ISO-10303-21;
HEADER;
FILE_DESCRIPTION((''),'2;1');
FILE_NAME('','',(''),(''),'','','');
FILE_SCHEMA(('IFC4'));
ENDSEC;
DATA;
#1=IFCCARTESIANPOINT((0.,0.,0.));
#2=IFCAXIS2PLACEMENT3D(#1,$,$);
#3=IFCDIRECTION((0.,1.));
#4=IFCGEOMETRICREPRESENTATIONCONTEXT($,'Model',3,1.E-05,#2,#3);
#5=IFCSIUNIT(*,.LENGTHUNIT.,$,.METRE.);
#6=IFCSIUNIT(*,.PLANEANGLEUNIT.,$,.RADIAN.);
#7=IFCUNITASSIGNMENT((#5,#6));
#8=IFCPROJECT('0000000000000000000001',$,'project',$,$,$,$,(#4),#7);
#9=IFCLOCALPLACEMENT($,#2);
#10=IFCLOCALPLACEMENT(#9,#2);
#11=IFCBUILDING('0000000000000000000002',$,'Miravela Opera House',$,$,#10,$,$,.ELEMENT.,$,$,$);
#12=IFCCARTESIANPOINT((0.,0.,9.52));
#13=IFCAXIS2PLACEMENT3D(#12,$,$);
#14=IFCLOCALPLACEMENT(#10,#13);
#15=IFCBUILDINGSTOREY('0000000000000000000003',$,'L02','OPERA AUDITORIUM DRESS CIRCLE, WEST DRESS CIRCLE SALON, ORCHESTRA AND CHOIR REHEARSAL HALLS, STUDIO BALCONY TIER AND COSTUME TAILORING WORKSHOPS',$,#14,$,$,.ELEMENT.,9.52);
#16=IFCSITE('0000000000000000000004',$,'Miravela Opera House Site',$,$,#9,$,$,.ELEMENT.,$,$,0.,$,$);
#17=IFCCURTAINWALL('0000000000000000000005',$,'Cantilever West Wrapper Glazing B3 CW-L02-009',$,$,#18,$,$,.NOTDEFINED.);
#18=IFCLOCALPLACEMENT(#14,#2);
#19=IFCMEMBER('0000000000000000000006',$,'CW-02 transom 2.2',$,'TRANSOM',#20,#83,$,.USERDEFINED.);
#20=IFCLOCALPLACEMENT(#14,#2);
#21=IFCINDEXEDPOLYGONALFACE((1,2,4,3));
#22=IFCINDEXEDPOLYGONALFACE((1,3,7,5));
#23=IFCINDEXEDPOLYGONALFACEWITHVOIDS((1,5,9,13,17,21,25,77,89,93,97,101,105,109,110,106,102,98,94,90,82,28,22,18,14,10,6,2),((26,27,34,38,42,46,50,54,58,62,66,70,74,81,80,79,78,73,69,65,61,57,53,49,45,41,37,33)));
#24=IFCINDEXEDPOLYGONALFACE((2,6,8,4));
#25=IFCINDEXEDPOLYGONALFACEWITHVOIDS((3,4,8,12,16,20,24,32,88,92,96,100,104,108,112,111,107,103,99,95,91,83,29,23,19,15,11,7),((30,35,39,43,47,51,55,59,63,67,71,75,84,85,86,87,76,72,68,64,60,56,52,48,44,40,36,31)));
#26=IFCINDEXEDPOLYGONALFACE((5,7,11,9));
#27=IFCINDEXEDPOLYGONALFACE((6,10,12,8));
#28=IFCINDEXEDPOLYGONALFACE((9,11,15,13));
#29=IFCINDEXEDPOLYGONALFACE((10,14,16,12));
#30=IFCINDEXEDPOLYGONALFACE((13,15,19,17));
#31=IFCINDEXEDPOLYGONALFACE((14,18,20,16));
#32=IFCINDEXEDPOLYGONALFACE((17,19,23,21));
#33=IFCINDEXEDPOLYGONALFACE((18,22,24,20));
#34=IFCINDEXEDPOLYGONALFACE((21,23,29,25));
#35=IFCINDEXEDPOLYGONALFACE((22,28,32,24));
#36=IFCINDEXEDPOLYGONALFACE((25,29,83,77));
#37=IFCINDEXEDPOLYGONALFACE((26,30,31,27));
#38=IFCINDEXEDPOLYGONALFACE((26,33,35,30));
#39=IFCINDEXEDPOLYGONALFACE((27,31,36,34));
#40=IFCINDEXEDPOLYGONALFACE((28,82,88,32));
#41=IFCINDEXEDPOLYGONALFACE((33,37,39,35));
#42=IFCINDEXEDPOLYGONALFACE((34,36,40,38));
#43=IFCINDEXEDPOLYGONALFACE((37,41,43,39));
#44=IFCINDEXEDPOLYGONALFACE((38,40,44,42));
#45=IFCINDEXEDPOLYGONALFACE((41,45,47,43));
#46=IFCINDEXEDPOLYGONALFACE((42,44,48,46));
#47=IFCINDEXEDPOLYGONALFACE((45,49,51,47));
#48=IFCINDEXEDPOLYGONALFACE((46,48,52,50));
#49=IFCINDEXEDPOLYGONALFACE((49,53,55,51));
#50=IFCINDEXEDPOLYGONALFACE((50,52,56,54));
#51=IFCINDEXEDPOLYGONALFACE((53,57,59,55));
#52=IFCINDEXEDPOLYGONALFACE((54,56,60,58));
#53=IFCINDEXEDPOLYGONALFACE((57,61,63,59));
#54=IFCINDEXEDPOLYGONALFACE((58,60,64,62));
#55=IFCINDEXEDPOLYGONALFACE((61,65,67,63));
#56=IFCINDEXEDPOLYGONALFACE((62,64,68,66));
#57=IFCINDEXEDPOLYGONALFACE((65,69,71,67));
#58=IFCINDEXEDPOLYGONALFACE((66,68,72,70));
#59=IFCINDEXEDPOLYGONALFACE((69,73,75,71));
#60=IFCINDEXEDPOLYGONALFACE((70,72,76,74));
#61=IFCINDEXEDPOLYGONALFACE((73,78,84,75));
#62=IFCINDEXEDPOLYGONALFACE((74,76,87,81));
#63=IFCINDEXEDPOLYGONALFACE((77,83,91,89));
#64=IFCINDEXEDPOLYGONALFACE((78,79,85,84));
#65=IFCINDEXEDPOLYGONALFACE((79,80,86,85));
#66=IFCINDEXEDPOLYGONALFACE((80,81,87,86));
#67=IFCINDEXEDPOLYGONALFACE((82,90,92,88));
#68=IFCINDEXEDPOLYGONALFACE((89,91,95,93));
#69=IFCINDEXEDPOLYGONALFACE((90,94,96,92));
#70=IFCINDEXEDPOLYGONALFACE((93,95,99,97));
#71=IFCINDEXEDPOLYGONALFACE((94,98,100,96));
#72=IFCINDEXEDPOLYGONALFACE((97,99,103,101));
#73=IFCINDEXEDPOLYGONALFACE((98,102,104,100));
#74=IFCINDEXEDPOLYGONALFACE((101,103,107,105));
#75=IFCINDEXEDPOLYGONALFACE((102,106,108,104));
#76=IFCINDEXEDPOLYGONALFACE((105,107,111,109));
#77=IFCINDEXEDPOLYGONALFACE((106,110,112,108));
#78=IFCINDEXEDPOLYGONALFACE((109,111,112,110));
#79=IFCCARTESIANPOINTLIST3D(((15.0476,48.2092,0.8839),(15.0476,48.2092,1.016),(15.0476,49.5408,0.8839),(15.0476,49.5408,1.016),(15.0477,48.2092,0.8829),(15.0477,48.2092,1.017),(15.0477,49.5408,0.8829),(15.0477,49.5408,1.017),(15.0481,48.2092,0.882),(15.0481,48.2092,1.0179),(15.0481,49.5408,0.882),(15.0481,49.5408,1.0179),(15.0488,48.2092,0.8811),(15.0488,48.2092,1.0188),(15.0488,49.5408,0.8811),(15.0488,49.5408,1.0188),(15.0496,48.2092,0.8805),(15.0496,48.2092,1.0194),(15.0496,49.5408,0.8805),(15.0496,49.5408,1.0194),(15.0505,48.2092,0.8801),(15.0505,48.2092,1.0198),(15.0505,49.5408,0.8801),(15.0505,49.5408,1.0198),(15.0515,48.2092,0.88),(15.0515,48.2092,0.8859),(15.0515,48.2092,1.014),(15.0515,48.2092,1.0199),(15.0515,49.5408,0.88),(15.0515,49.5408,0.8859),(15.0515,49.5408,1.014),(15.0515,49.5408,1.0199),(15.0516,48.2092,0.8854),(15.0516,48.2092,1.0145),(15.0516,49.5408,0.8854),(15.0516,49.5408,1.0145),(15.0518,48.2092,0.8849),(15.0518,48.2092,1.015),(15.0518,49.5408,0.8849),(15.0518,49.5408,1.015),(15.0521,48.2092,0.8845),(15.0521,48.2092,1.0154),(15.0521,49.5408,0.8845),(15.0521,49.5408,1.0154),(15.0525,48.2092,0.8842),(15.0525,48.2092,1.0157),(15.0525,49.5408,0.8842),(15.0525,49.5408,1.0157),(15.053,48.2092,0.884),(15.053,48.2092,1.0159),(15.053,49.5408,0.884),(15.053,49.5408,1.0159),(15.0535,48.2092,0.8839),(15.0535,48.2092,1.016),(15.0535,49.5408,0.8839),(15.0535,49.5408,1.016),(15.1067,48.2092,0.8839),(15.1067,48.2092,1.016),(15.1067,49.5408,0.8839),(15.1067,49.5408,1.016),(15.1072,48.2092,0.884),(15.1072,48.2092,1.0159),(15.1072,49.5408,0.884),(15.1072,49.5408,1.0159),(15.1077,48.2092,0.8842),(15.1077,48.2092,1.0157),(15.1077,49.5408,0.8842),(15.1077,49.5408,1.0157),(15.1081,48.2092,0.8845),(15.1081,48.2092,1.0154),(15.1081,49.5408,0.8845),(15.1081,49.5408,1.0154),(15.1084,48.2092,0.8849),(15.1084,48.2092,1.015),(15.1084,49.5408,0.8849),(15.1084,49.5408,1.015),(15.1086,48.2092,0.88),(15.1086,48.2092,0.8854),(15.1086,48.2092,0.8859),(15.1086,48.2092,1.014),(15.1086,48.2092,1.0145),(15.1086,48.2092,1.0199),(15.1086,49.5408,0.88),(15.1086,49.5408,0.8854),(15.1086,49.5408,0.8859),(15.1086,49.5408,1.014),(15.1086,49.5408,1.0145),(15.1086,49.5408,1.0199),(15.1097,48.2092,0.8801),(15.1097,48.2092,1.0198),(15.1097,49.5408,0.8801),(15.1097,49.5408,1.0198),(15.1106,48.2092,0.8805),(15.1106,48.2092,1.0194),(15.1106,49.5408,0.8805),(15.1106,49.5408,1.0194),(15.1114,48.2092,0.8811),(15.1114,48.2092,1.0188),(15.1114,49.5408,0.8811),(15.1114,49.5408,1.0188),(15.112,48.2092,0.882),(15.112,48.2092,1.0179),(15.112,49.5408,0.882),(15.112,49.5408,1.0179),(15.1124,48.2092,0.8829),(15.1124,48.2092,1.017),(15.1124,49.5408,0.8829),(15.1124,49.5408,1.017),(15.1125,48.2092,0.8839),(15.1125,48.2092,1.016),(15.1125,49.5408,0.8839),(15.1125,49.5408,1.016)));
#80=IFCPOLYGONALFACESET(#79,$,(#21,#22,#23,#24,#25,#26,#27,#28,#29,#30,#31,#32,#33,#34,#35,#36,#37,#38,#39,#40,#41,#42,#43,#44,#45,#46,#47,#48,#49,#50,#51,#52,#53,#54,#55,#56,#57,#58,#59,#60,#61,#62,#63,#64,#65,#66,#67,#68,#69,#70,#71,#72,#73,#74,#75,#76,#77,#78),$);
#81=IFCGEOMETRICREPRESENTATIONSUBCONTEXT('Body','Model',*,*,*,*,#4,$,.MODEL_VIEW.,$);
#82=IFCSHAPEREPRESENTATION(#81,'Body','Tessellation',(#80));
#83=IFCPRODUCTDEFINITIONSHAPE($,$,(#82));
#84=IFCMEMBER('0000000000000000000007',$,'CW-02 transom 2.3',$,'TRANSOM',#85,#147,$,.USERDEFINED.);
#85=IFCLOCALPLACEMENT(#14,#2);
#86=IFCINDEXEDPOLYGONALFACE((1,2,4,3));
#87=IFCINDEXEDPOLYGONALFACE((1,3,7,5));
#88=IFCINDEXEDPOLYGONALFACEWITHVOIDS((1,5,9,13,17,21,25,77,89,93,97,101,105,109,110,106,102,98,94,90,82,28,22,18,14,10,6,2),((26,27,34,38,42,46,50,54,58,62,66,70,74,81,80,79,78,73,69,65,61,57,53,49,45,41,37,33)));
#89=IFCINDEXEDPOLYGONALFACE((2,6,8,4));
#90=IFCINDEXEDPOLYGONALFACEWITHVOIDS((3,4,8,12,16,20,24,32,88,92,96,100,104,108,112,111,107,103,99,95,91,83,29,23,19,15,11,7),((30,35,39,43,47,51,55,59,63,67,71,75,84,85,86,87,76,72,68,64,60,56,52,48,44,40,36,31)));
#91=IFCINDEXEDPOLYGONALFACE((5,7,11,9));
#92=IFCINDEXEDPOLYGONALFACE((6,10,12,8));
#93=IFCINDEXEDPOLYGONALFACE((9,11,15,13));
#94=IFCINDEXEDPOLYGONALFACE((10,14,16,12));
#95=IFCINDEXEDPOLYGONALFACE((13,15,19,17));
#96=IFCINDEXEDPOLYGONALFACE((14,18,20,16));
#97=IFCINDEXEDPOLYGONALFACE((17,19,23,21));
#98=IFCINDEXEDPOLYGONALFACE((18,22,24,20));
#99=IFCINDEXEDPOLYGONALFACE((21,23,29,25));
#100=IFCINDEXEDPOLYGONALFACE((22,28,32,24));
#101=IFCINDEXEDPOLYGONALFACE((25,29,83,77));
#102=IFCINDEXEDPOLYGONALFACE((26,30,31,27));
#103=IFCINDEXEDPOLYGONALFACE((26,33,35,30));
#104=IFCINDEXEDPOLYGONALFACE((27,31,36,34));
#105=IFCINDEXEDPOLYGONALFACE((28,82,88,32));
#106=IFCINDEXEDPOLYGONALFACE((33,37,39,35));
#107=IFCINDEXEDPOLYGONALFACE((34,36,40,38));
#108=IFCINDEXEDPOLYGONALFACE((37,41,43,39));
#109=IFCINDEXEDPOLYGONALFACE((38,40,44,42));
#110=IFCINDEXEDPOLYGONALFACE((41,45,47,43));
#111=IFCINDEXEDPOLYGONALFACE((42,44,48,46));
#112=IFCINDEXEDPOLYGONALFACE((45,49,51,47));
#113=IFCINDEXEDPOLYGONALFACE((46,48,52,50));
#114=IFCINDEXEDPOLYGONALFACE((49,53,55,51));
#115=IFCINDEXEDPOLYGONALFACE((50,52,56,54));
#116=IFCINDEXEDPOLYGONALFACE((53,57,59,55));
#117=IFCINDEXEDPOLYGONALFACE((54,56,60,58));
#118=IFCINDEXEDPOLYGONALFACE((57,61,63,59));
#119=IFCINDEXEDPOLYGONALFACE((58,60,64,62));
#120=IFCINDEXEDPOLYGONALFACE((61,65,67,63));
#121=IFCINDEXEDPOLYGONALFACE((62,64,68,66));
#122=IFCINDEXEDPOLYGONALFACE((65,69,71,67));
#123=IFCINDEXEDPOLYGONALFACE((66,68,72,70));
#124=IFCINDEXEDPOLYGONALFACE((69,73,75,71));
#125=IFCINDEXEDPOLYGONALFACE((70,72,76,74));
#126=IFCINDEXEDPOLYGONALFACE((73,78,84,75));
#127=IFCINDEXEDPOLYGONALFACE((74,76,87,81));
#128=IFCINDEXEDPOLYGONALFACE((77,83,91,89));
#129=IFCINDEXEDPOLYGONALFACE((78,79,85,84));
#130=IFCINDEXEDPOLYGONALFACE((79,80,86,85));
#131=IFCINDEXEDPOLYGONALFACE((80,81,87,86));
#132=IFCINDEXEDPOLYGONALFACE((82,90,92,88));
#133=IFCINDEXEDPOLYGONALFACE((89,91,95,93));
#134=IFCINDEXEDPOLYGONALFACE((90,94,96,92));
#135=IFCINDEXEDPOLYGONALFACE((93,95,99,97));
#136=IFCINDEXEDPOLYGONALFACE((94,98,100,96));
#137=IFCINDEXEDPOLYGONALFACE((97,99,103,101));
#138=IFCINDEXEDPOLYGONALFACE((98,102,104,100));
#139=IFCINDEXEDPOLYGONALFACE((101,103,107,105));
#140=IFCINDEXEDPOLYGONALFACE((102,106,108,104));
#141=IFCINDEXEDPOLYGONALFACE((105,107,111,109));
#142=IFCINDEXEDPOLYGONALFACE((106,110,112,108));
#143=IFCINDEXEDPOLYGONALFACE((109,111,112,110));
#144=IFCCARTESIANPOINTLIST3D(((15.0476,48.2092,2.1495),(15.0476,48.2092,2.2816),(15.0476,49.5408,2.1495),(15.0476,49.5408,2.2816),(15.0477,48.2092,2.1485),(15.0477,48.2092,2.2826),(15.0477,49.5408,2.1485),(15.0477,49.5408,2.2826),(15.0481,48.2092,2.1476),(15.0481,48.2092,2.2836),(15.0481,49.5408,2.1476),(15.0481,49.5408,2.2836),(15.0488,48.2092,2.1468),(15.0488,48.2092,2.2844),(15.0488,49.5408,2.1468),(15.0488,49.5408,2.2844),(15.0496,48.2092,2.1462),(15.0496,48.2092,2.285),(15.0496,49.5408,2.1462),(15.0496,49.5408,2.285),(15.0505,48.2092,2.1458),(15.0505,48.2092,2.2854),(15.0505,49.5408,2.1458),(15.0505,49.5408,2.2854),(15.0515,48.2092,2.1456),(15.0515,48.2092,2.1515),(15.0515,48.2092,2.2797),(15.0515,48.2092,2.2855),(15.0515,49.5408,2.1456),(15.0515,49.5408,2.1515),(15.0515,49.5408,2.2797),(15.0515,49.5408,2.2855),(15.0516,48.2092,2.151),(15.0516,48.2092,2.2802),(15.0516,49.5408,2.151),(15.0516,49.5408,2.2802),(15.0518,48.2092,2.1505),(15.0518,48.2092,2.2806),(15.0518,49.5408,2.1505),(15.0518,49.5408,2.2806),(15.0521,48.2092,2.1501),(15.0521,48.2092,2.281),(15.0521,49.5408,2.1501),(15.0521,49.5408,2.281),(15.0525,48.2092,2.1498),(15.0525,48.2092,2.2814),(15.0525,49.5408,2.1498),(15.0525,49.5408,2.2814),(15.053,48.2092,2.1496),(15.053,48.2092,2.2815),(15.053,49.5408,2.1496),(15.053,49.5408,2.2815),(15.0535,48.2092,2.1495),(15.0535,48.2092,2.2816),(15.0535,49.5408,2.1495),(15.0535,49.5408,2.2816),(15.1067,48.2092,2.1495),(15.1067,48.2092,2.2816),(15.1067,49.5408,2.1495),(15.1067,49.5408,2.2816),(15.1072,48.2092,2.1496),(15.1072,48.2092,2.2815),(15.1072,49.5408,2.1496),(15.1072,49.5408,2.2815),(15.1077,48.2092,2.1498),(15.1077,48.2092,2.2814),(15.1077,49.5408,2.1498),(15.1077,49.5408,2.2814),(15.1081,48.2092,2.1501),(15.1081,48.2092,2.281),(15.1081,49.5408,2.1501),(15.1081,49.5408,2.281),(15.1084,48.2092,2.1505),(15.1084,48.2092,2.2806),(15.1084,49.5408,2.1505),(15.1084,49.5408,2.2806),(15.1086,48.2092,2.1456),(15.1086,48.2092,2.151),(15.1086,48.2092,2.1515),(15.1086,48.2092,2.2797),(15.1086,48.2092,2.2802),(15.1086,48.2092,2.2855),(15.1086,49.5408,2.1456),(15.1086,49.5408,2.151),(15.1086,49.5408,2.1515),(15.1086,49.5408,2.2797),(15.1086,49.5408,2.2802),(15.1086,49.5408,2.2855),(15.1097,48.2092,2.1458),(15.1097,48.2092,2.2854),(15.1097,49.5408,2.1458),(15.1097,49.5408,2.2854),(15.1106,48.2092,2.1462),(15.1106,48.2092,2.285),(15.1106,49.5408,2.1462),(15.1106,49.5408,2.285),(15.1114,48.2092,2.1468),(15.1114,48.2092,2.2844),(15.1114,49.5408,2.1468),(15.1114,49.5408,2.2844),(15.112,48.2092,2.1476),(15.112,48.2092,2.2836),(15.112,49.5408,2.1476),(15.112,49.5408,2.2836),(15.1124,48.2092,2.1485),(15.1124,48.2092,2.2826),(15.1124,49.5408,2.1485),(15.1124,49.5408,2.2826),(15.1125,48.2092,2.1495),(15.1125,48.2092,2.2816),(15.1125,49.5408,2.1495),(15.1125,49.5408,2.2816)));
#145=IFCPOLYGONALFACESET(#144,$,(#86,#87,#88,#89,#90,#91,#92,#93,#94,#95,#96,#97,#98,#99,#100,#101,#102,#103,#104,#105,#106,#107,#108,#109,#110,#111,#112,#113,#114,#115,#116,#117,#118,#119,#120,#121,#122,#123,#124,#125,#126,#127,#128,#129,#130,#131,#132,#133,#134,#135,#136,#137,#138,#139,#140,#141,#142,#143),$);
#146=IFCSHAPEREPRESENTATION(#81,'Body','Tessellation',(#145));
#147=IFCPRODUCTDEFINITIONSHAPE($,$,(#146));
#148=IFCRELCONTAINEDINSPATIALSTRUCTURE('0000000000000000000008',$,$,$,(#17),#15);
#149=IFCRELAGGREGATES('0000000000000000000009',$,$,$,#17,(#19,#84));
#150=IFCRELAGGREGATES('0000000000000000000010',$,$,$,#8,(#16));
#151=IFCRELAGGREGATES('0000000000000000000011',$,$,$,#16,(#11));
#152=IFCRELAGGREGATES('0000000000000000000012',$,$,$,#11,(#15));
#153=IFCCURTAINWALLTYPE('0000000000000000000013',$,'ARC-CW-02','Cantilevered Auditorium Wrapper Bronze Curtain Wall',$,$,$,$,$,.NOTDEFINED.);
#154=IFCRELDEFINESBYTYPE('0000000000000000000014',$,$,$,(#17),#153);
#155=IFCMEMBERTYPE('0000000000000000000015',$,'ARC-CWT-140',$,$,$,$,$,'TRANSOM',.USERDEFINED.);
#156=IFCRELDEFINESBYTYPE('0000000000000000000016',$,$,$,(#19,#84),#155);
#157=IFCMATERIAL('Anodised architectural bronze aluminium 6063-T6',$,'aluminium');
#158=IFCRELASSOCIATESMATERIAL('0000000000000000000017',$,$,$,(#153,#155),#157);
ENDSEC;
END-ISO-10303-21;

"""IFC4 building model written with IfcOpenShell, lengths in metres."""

from ifc_helpers import new_model, si_unit, direction, frame, origin, origin_2d, place, context, subcontext, project, spatial, hollow_rectangle, extrude, material, material_profile, profile_set, type_object, element, aggregate, save


model = new_model("IFC4")

# Units and contexts
model_context = context("Model", 3, precision=1e-05, world=origin(), true_north=direction((0.0, 1.0)))
body_context = subcontext(model_context, "Body", "Model", "MODEL_VIEW")
ifc_project = project(units=[si_unit("LENGTHUNIT", "METRE"), si_unit("PLANEANGLEUNIT", "RADIAN")], contexts=[model_context])

# Site, building, storey
site_placement = place(None, origin())
site = spatial("IfcSite", under=ifc_project, at=site_placement, Name="Miravela Opera House Site", CompositionType="ELEMENT", RefElevation=0.0)
building_placement = place(site_placement, origin())
building = spatial("IfcBuilding", under=site, at=building_placement, Name="Miravela Opera House", CompositionType="ELEMENT")
storey_placement = place(building_placement, frame((0.0, 0.0, 9.52)))
storey = spatial("IfcBuildingStorey", under=building, at=storey_placement, Name="L02", Description="OPERA AUDITORIUM DRESS CIRCLE, WEST DRESS CIRCLE SALON, ORCHESTRA AND CHOIR REHEARSAL HALLS, STUDIO BALCONY TIER AND COSTUME TAILORING WORKSHOPS", CompositionType="ELEMENT", Elevation=9.52)

# Shared definitions
ifc_material_1 = material(Name="Anodised architectural bronze aluminium 6063-T6", Category="aluminium")
curtain_wall_type = type_object("IfcCurtainWallType", Name="ARC-CW-02", Description="Cantilevered Auditorium Wrapper Bronze Curtain Wall", PredefinedType="NOTDEFINED", material=ifc_material_1)

# Curtain wall, members
curtain_wall_1_placement = place(storey_placement, origin())
curtain_wall_1 = element("IfcCurtainWall", 1, at=curtain_wall_1_placement, inside=storey, type_object=curtain_wall_type, Name="Cantilever West Wrapper Glazing B3 CW-L02-009", PredefinedType="NOTDEFINED")
ifc_material_profile_1 = material_profile(ifc_material_1, hollow_rectangle(XDim=0.0649, YDim=0.1399, WallThickness=0.0039, InnerFilletRadius=0.002, OuterFilletRadius=0.0039, at=origin_2d()), Name="CWT-65X140")
ifc_profile_set_1 = profile_set([ifc_material_profile_1])
member_type_1 = type_object("IfcMemberType", Name="ARC-CWT-140", ElementType="TRANSOM", PredefinedType="USERDEFINED", material=ifc_profile_set_1)
member_1_placement = place(storey_placement, frame((15.0801, 48.2092, 0.95), z_axis=(0.0, 1.0, 0.0), x_axis=(-1.0, 0.0, 0.0)))
member_1 = element("IfcMember", 2, at=member_1_placement, type_object=member_type_1, Name="CW-02 transom 2.2", ObjectType="TRANSOM", PredefinedType="USERDEFINED", context=body_context, shape_type="SweptSolid", body=[
    extrude(hollow_rectangle(XDim=0.0649, YDim=0.1399, WallThickness=0.0039, InnerFilletRadius=0.002, OuterFilletRadius=0.0039, at=origin_2d()), origin(), (0.0, 0.0, 1.0), 1.3315),
])
member_2_placement = place(storey_placement, frame((15.0801, 48.2092, 2.2156), z_axis=(0.0, 1.0, 0.0), x_axis=(-1.0, 0.0, 0.0)))
member_2 = element("IfcMember", 3, at=member_2_placement, type_object=member_type_1, Name="CW-02 transom 2.3", ObjectType="TRANSOM", PredefinedType="USERDEFINED", context=body_context, shape_type="SweptSolid", body=[
    extrude(hollow_rectangle(XDim=0.0649, YDim=0.1399, WallThickness=0.0039, InnerFilletRadius=0.002, OuterFilletRadius=0.0039, at=origin_2d()), origin(), (0.0, 0.0, 1.0), 1.3315),
])

aggregate(curtain_wall_1, [member_1, member_2])

save(model, "model.ifc")
